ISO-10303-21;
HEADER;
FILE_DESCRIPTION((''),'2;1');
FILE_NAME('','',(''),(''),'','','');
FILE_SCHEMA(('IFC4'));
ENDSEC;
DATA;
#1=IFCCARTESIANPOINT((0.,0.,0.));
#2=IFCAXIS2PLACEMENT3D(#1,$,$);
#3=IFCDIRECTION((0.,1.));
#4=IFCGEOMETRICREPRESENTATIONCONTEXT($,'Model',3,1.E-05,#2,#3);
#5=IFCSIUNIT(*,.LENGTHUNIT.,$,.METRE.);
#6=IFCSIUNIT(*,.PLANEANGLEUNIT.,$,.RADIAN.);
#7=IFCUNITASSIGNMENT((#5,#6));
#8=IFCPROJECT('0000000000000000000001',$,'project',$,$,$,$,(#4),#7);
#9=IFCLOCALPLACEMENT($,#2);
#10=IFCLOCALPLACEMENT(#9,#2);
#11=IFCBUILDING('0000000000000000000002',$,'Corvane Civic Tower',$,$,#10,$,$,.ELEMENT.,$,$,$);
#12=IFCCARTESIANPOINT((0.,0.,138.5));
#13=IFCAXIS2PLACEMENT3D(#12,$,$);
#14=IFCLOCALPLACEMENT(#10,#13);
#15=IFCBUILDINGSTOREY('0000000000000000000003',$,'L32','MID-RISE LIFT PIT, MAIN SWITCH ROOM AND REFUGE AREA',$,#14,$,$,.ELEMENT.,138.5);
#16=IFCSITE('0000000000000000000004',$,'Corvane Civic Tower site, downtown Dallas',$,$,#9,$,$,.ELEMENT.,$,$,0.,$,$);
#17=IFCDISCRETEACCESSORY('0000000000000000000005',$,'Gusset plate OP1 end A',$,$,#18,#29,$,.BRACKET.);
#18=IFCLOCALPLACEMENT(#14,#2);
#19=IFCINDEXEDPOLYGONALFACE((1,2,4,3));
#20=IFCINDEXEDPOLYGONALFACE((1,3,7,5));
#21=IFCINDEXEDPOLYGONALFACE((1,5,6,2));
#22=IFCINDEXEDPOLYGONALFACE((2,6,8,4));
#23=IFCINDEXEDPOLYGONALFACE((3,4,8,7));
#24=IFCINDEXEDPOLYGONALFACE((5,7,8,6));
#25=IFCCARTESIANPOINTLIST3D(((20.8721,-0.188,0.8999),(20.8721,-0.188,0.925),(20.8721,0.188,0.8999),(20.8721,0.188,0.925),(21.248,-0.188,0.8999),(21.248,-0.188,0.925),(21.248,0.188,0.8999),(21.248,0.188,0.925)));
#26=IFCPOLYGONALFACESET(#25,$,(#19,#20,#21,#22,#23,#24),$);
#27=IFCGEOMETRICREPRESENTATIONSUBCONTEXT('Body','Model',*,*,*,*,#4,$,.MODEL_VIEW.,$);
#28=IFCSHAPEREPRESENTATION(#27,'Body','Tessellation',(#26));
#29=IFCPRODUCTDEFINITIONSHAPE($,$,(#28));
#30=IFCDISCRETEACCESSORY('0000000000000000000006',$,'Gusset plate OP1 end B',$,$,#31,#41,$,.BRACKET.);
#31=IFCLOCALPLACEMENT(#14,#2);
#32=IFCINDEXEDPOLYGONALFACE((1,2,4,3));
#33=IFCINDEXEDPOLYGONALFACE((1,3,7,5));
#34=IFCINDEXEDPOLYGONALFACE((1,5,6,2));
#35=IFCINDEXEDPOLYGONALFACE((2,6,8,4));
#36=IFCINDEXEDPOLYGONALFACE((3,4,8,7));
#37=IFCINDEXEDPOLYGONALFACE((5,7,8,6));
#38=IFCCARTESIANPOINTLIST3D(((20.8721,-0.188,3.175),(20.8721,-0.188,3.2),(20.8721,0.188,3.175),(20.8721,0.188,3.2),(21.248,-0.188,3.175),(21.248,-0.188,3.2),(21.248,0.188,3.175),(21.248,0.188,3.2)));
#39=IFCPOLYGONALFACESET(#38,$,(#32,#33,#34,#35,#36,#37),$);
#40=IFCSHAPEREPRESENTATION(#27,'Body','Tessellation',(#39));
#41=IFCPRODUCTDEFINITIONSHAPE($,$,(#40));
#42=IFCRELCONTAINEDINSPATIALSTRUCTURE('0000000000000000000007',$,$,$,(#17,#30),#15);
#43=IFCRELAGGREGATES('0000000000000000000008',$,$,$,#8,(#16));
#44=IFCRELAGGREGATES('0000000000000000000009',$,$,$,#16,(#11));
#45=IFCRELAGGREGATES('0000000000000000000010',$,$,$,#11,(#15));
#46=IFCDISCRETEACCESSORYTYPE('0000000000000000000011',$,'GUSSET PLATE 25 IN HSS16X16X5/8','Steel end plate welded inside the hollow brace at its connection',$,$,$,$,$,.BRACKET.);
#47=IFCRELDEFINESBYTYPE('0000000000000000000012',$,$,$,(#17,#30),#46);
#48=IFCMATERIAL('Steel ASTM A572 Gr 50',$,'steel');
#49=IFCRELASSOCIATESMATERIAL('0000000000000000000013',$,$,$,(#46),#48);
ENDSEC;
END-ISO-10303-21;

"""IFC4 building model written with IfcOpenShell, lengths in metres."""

from ifc_helpers import new_model, si_unit, direction, frame, origin, origin_2d, place, context, subcontext, project, spatial, rectangle, extrude, material, material_profile, profile_set, type_object, element, save


model = new_model("IFC4")

# Units and contexts
model_context = context("Model", 3, precision=1e-05, world=origin(), true_north=direction((0.0, 1.0)))
body_context = subcontext(model_context, "Body", "Model", "MODEL_VIEW")
ifc_project = project(units=[si_unit("LENGTHUNIT", "METRE"), si_unit("PLANEANGLEUNIT", "RADIAN")], contexts=[model_context])

# Site, building, storey
site_placement = place(None, origin())
site = spatial("IfcSite", under=ifc_project, at=site_placement, Name="Corvane Civic Tower site, downtown Dallas", CompositionType="ELEMENT", RefElevation=0.0)
building_placement = place(site_placement, origin())
building = spatial("IfcBuilding", under=site, at=building_placement, Name="Corvane Civic Tower", CompositionType="ELEMENT")
storey_placement = place(building_placement, frame((0.0, 0.0, 138.5)))
storey = spatial("IfcBuildingStorey", under=building, at=storey_placement, Name="L32", Description="MID-RISE LIFT PIT, MAIN SWITCH ROOM AND REFUGE AREA", CompositionType="ELEMENT", Elevation=138.5)

# Discrete accessories
ifc_material_1 = material(Name="Steel ASTM A572 Gr 50", Category="steel")
ifc_material_profile_1 = material_profile(ifc_material_1, rectangle(XDim=0.376, YDim=0.376, at=origin_2d()), Name="GUSSET PLATE 25 IN HSS16X16X5/8")
ifc_profile_set_1 = profile_set([ifc_material_profile_1], Name="Steel ASTM A572 Gr 50")
discrete_accessory_type_1 = type_object("IfcDiscreteAccessoryType", Name="GUSSET PLATE 25 IN HSS16X16X5/8", Description="Steel end plate welded inside the hollow brace at its connection", PredefinedType="BRACKET", material=ifc_profile_set_1)
discrete_accessory_1_placement = place(storey_placement, frame((21.0601, 0.0, 0.8999), z_axis=(0.0, 0.0, 1.0), x_axis=(1.0, 0.0, 0.0)))
element("IfcDiscreteAccessory", 1, at=discrete_accessory_1_placement, inside=storey, type_object=discrete_accessory_type_1, Name="Gusset plate OP1 end A", PredefinedType="BRACKET", context=body_context, shape_type="SweptSolid", body=[
    extrude(rectangle(XDim=0.376, YDim=0.376, at=origin_2d()), origin(), (0.0, 0.0, 1.0), 0.0251),
])
discrete_accessory_2_placement = place(storey_placement, frame((21.0601, 0.0, 3.2), z_axis=(0.0, 0.0, -1.0), x_axis=(1.0, 0.0, 0.0)))
element("IfcDiscreteAccessory", 2, at=discrete_accessory_2_placement, inside=storey, type_object=discrete_accessory_type_1, Name="Gusset plate OP1 end B", PredefinedType="BRACKET", context=body_context, shape_type="SweptSolid", body=[
    extrude(rectangle(XDim=0.376, YDim=0.376, at=origin_2d()), origin(), (0.0, 0.0, 1.0), 0.0249),
])

save(model, "model.ifc")
